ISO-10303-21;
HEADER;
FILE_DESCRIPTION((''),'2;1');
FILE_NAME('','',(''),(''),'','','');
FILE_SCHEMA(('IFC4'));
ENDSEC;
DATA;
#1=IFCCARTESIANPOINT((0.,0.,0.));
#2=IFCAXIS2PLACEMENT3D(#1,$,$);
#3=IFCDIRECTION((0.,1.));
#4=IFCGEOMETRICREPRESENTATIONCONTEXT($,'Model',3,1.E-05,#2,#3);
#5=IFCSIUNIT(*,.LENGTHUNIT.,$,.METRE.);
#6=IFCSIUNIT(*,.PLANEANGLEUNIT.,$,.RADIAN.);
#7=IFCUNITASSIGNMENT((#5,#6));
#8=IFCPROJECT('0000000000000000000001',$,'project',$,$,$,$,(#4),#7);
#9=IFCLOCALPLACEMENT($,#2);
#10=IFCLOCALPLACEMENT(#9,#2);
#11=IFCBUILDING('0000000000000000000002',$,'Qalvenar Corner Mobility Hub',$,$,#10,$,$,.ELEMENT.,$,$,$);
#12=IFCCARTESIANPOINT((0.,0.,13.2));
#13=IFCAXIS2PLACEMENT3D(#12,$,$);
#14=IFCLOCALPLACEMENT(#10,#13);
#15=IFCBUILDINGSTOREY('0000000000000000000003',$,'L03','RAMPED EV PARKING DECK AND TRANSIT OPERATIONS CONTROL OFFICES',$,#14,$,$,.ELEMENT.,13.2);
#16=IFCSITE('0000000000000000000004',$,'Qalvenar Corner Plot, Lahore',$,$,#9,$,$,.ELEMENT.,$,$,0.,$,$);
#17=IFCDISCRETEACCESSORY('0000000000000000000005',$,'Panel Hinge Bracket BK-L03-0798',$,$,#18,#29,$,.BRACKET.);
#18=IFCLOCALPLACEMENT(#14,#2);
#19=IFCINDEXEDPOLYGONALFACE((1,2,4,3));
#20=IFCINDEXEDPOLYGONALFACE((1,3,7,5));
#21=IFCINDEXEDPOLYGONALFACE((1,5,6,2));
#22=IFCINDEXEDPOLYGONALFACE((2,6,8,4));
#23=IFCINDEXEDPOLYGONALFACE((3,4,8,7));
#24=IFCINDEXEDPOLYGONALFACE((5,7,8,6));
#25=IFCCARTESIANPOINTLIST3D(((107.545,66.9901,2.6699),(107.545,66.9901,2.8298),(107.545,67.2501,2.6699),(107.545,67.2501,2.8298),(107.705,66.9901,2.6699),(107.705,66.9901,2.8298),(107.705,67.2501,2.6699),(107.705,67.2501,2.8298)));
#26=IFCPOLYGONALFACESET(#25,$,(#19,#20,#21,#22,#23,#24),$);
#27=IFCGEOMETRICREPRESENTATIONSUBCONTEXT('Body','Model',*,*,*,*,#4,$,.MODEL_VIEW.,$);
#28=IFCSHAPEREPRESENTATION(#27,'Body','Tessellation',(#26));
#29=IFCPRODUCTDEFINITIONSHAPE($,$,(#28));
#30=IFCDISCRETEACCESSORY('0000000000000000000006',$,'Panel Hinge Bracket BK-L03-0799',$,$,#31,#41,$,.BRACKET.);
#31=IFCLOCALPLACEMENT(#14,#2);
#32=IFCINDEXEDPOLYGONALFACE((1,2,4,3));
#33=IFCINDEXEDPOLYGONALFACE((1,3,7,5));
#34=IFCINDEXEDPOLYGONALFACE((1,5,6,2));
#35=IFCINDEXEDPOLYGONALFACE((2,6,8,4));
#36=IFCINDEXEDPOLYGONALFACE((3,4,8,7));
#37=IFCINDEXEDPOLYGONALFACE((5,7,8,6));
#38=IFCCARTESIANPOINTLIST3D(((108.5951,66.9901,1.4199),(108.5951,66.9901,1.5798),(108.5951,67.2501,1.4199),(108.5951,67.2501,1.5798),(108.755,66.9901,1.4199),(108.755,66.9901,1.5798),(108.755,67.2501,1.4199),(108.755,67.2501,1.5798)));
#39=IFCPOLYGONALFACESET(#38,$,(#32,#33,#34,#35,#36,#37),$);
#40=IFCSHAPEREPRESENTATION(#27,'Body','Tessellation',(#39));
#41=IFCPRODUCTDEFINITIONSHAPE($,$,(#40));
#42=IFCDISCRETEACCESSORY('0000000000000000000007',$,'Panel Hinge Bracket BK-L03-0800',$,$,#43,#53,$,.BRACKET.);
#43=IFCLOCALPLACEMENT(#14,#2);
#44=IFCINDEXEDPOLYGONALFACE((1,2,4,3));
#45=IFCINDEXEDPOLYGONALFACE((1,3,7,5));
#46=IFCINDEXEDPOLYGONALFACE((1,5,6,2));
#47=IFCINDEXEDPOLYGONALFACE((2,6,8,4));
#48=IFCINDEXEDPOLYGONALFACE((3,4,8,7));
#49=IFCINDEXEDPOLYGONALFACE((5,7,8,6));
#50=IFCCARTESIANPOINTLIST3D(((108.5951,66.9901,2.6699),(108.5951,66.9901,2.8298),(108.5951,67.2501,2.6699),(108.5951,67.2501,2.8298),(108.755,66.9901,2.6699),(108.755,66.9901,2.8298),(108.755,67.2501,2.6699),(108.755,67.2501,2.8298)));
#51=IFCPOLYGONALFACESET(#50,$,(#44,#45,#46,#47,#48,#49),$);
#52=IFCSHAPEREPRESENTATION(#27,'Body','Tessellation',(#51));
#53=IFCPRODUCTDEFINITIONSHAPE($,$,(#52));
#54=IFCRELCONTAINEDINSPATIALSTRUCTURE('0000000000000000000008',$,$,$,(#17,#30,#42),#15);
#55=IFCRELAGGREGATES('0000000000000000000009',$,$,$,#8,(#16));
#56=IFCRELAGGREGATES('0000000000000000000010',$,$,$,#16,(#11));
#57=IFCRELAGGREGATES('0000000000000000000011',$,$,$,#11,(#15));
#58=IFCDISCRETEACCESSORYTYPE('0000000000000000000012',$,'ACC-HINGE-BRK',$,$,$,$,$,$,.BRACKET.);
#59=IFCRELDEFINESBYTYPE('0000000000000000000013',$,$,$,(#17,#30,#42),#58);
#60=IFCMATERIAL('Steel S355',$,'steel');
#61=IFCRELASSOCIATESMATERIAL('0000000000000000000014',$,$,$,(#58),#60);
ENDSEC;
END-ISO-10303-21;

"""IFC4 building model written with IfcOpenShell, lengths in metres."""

from ifc_helpers import new_model, si_unit, direction, frame, origin, origin_2d, place, context, subcontext, project, spatial, rectangle, extrude, material, type_object, element, save


model = new_model("IFC4")

# Units and contexts
model_context = context("Model", 3, precision=1e-05, world=origin(), true_north=direction((0.0, 1.0)))
body_context = subcontext(model_context, "Body", "Model", "MODEL_VIEW")
ifc_project = project(units=[si_unit("LENGTHUNIT", "METRE"), si_unit("PLANEANGLEUNIT", "RADIAN")], contexts=[model_context])

# Site, building, storey
site_placement = place(None, origin())
site = spatial("IfcSite", under=ifc_project, at=site_placement, Name="Qalvenar Corner Plot, Lahore", CompositionType="ELEMENT", RefElevation=0.0)
building_placement = place(site_placement, origin())
building = spatial("IfcBuilding", under=site, at=building_placement, Name="Qalvenar Corner Mobility Hub", CompositionType="ELEMENT")
storey_placement = place(building_placement, frame((0.0, 0.0, 13.2)))
storey = spatial("IfcBuildingStorey", under=building, at=storey_placement, Name="L03", Description="RAMPED EV PARKING DECK AND TRANSIT OPERATIONS CONTROL OFFICES", CompositionType="ELEMENT", Elevation=13.2)

# Shared definitions
ifc_material = material(Name="Steel S355", Category="steel")

# Discrete accessories
discrete_accessory_type = type_object("IfcDiscreteAccessoryType", Name="ACC-HINGE-BRK", PredefinedType="BRACKET", material=ifc_material)
for number, where, z_axis, x_axis, name in (
    (1, (107.625, 67.1201, 2.6699), (0.0, 0.0, 1.0), (1.0, 0.0, 0.0), "Panel Hinge Bracket BK-L03-0798"),
    (2, (108.675, 67.1201, 1.4199), (0.0, 0.0, 1.0), (1.0, 0.0, 0.0), "Panel Hinge Bracket BK-L03-0799"),
    (3, (108.675, 67.1201, 2.6699), (0.0, 0.0, 1.0), (1.0, 0.0, 0.0), "Panel Hinge Bracket BK-L03-0800"),
):
    element("IfcDiscreteAccessory", number, at=place(storey_placement, frame(where, z_axis=z_axis, x_axis=x_axis)), inside=storey, type_object=discrete_accessory_type, Name=name, PredefinedType="BRACKET", context=body_context, shape_type="SweptSolid", body=[
        extrude(rectangle(XDim=0.1599, YDim=0.26, at=origin_2d()), origin(), (0.0, 0.0, 1.0), 0.1599),
    ])

save(model, "model.ifc")
